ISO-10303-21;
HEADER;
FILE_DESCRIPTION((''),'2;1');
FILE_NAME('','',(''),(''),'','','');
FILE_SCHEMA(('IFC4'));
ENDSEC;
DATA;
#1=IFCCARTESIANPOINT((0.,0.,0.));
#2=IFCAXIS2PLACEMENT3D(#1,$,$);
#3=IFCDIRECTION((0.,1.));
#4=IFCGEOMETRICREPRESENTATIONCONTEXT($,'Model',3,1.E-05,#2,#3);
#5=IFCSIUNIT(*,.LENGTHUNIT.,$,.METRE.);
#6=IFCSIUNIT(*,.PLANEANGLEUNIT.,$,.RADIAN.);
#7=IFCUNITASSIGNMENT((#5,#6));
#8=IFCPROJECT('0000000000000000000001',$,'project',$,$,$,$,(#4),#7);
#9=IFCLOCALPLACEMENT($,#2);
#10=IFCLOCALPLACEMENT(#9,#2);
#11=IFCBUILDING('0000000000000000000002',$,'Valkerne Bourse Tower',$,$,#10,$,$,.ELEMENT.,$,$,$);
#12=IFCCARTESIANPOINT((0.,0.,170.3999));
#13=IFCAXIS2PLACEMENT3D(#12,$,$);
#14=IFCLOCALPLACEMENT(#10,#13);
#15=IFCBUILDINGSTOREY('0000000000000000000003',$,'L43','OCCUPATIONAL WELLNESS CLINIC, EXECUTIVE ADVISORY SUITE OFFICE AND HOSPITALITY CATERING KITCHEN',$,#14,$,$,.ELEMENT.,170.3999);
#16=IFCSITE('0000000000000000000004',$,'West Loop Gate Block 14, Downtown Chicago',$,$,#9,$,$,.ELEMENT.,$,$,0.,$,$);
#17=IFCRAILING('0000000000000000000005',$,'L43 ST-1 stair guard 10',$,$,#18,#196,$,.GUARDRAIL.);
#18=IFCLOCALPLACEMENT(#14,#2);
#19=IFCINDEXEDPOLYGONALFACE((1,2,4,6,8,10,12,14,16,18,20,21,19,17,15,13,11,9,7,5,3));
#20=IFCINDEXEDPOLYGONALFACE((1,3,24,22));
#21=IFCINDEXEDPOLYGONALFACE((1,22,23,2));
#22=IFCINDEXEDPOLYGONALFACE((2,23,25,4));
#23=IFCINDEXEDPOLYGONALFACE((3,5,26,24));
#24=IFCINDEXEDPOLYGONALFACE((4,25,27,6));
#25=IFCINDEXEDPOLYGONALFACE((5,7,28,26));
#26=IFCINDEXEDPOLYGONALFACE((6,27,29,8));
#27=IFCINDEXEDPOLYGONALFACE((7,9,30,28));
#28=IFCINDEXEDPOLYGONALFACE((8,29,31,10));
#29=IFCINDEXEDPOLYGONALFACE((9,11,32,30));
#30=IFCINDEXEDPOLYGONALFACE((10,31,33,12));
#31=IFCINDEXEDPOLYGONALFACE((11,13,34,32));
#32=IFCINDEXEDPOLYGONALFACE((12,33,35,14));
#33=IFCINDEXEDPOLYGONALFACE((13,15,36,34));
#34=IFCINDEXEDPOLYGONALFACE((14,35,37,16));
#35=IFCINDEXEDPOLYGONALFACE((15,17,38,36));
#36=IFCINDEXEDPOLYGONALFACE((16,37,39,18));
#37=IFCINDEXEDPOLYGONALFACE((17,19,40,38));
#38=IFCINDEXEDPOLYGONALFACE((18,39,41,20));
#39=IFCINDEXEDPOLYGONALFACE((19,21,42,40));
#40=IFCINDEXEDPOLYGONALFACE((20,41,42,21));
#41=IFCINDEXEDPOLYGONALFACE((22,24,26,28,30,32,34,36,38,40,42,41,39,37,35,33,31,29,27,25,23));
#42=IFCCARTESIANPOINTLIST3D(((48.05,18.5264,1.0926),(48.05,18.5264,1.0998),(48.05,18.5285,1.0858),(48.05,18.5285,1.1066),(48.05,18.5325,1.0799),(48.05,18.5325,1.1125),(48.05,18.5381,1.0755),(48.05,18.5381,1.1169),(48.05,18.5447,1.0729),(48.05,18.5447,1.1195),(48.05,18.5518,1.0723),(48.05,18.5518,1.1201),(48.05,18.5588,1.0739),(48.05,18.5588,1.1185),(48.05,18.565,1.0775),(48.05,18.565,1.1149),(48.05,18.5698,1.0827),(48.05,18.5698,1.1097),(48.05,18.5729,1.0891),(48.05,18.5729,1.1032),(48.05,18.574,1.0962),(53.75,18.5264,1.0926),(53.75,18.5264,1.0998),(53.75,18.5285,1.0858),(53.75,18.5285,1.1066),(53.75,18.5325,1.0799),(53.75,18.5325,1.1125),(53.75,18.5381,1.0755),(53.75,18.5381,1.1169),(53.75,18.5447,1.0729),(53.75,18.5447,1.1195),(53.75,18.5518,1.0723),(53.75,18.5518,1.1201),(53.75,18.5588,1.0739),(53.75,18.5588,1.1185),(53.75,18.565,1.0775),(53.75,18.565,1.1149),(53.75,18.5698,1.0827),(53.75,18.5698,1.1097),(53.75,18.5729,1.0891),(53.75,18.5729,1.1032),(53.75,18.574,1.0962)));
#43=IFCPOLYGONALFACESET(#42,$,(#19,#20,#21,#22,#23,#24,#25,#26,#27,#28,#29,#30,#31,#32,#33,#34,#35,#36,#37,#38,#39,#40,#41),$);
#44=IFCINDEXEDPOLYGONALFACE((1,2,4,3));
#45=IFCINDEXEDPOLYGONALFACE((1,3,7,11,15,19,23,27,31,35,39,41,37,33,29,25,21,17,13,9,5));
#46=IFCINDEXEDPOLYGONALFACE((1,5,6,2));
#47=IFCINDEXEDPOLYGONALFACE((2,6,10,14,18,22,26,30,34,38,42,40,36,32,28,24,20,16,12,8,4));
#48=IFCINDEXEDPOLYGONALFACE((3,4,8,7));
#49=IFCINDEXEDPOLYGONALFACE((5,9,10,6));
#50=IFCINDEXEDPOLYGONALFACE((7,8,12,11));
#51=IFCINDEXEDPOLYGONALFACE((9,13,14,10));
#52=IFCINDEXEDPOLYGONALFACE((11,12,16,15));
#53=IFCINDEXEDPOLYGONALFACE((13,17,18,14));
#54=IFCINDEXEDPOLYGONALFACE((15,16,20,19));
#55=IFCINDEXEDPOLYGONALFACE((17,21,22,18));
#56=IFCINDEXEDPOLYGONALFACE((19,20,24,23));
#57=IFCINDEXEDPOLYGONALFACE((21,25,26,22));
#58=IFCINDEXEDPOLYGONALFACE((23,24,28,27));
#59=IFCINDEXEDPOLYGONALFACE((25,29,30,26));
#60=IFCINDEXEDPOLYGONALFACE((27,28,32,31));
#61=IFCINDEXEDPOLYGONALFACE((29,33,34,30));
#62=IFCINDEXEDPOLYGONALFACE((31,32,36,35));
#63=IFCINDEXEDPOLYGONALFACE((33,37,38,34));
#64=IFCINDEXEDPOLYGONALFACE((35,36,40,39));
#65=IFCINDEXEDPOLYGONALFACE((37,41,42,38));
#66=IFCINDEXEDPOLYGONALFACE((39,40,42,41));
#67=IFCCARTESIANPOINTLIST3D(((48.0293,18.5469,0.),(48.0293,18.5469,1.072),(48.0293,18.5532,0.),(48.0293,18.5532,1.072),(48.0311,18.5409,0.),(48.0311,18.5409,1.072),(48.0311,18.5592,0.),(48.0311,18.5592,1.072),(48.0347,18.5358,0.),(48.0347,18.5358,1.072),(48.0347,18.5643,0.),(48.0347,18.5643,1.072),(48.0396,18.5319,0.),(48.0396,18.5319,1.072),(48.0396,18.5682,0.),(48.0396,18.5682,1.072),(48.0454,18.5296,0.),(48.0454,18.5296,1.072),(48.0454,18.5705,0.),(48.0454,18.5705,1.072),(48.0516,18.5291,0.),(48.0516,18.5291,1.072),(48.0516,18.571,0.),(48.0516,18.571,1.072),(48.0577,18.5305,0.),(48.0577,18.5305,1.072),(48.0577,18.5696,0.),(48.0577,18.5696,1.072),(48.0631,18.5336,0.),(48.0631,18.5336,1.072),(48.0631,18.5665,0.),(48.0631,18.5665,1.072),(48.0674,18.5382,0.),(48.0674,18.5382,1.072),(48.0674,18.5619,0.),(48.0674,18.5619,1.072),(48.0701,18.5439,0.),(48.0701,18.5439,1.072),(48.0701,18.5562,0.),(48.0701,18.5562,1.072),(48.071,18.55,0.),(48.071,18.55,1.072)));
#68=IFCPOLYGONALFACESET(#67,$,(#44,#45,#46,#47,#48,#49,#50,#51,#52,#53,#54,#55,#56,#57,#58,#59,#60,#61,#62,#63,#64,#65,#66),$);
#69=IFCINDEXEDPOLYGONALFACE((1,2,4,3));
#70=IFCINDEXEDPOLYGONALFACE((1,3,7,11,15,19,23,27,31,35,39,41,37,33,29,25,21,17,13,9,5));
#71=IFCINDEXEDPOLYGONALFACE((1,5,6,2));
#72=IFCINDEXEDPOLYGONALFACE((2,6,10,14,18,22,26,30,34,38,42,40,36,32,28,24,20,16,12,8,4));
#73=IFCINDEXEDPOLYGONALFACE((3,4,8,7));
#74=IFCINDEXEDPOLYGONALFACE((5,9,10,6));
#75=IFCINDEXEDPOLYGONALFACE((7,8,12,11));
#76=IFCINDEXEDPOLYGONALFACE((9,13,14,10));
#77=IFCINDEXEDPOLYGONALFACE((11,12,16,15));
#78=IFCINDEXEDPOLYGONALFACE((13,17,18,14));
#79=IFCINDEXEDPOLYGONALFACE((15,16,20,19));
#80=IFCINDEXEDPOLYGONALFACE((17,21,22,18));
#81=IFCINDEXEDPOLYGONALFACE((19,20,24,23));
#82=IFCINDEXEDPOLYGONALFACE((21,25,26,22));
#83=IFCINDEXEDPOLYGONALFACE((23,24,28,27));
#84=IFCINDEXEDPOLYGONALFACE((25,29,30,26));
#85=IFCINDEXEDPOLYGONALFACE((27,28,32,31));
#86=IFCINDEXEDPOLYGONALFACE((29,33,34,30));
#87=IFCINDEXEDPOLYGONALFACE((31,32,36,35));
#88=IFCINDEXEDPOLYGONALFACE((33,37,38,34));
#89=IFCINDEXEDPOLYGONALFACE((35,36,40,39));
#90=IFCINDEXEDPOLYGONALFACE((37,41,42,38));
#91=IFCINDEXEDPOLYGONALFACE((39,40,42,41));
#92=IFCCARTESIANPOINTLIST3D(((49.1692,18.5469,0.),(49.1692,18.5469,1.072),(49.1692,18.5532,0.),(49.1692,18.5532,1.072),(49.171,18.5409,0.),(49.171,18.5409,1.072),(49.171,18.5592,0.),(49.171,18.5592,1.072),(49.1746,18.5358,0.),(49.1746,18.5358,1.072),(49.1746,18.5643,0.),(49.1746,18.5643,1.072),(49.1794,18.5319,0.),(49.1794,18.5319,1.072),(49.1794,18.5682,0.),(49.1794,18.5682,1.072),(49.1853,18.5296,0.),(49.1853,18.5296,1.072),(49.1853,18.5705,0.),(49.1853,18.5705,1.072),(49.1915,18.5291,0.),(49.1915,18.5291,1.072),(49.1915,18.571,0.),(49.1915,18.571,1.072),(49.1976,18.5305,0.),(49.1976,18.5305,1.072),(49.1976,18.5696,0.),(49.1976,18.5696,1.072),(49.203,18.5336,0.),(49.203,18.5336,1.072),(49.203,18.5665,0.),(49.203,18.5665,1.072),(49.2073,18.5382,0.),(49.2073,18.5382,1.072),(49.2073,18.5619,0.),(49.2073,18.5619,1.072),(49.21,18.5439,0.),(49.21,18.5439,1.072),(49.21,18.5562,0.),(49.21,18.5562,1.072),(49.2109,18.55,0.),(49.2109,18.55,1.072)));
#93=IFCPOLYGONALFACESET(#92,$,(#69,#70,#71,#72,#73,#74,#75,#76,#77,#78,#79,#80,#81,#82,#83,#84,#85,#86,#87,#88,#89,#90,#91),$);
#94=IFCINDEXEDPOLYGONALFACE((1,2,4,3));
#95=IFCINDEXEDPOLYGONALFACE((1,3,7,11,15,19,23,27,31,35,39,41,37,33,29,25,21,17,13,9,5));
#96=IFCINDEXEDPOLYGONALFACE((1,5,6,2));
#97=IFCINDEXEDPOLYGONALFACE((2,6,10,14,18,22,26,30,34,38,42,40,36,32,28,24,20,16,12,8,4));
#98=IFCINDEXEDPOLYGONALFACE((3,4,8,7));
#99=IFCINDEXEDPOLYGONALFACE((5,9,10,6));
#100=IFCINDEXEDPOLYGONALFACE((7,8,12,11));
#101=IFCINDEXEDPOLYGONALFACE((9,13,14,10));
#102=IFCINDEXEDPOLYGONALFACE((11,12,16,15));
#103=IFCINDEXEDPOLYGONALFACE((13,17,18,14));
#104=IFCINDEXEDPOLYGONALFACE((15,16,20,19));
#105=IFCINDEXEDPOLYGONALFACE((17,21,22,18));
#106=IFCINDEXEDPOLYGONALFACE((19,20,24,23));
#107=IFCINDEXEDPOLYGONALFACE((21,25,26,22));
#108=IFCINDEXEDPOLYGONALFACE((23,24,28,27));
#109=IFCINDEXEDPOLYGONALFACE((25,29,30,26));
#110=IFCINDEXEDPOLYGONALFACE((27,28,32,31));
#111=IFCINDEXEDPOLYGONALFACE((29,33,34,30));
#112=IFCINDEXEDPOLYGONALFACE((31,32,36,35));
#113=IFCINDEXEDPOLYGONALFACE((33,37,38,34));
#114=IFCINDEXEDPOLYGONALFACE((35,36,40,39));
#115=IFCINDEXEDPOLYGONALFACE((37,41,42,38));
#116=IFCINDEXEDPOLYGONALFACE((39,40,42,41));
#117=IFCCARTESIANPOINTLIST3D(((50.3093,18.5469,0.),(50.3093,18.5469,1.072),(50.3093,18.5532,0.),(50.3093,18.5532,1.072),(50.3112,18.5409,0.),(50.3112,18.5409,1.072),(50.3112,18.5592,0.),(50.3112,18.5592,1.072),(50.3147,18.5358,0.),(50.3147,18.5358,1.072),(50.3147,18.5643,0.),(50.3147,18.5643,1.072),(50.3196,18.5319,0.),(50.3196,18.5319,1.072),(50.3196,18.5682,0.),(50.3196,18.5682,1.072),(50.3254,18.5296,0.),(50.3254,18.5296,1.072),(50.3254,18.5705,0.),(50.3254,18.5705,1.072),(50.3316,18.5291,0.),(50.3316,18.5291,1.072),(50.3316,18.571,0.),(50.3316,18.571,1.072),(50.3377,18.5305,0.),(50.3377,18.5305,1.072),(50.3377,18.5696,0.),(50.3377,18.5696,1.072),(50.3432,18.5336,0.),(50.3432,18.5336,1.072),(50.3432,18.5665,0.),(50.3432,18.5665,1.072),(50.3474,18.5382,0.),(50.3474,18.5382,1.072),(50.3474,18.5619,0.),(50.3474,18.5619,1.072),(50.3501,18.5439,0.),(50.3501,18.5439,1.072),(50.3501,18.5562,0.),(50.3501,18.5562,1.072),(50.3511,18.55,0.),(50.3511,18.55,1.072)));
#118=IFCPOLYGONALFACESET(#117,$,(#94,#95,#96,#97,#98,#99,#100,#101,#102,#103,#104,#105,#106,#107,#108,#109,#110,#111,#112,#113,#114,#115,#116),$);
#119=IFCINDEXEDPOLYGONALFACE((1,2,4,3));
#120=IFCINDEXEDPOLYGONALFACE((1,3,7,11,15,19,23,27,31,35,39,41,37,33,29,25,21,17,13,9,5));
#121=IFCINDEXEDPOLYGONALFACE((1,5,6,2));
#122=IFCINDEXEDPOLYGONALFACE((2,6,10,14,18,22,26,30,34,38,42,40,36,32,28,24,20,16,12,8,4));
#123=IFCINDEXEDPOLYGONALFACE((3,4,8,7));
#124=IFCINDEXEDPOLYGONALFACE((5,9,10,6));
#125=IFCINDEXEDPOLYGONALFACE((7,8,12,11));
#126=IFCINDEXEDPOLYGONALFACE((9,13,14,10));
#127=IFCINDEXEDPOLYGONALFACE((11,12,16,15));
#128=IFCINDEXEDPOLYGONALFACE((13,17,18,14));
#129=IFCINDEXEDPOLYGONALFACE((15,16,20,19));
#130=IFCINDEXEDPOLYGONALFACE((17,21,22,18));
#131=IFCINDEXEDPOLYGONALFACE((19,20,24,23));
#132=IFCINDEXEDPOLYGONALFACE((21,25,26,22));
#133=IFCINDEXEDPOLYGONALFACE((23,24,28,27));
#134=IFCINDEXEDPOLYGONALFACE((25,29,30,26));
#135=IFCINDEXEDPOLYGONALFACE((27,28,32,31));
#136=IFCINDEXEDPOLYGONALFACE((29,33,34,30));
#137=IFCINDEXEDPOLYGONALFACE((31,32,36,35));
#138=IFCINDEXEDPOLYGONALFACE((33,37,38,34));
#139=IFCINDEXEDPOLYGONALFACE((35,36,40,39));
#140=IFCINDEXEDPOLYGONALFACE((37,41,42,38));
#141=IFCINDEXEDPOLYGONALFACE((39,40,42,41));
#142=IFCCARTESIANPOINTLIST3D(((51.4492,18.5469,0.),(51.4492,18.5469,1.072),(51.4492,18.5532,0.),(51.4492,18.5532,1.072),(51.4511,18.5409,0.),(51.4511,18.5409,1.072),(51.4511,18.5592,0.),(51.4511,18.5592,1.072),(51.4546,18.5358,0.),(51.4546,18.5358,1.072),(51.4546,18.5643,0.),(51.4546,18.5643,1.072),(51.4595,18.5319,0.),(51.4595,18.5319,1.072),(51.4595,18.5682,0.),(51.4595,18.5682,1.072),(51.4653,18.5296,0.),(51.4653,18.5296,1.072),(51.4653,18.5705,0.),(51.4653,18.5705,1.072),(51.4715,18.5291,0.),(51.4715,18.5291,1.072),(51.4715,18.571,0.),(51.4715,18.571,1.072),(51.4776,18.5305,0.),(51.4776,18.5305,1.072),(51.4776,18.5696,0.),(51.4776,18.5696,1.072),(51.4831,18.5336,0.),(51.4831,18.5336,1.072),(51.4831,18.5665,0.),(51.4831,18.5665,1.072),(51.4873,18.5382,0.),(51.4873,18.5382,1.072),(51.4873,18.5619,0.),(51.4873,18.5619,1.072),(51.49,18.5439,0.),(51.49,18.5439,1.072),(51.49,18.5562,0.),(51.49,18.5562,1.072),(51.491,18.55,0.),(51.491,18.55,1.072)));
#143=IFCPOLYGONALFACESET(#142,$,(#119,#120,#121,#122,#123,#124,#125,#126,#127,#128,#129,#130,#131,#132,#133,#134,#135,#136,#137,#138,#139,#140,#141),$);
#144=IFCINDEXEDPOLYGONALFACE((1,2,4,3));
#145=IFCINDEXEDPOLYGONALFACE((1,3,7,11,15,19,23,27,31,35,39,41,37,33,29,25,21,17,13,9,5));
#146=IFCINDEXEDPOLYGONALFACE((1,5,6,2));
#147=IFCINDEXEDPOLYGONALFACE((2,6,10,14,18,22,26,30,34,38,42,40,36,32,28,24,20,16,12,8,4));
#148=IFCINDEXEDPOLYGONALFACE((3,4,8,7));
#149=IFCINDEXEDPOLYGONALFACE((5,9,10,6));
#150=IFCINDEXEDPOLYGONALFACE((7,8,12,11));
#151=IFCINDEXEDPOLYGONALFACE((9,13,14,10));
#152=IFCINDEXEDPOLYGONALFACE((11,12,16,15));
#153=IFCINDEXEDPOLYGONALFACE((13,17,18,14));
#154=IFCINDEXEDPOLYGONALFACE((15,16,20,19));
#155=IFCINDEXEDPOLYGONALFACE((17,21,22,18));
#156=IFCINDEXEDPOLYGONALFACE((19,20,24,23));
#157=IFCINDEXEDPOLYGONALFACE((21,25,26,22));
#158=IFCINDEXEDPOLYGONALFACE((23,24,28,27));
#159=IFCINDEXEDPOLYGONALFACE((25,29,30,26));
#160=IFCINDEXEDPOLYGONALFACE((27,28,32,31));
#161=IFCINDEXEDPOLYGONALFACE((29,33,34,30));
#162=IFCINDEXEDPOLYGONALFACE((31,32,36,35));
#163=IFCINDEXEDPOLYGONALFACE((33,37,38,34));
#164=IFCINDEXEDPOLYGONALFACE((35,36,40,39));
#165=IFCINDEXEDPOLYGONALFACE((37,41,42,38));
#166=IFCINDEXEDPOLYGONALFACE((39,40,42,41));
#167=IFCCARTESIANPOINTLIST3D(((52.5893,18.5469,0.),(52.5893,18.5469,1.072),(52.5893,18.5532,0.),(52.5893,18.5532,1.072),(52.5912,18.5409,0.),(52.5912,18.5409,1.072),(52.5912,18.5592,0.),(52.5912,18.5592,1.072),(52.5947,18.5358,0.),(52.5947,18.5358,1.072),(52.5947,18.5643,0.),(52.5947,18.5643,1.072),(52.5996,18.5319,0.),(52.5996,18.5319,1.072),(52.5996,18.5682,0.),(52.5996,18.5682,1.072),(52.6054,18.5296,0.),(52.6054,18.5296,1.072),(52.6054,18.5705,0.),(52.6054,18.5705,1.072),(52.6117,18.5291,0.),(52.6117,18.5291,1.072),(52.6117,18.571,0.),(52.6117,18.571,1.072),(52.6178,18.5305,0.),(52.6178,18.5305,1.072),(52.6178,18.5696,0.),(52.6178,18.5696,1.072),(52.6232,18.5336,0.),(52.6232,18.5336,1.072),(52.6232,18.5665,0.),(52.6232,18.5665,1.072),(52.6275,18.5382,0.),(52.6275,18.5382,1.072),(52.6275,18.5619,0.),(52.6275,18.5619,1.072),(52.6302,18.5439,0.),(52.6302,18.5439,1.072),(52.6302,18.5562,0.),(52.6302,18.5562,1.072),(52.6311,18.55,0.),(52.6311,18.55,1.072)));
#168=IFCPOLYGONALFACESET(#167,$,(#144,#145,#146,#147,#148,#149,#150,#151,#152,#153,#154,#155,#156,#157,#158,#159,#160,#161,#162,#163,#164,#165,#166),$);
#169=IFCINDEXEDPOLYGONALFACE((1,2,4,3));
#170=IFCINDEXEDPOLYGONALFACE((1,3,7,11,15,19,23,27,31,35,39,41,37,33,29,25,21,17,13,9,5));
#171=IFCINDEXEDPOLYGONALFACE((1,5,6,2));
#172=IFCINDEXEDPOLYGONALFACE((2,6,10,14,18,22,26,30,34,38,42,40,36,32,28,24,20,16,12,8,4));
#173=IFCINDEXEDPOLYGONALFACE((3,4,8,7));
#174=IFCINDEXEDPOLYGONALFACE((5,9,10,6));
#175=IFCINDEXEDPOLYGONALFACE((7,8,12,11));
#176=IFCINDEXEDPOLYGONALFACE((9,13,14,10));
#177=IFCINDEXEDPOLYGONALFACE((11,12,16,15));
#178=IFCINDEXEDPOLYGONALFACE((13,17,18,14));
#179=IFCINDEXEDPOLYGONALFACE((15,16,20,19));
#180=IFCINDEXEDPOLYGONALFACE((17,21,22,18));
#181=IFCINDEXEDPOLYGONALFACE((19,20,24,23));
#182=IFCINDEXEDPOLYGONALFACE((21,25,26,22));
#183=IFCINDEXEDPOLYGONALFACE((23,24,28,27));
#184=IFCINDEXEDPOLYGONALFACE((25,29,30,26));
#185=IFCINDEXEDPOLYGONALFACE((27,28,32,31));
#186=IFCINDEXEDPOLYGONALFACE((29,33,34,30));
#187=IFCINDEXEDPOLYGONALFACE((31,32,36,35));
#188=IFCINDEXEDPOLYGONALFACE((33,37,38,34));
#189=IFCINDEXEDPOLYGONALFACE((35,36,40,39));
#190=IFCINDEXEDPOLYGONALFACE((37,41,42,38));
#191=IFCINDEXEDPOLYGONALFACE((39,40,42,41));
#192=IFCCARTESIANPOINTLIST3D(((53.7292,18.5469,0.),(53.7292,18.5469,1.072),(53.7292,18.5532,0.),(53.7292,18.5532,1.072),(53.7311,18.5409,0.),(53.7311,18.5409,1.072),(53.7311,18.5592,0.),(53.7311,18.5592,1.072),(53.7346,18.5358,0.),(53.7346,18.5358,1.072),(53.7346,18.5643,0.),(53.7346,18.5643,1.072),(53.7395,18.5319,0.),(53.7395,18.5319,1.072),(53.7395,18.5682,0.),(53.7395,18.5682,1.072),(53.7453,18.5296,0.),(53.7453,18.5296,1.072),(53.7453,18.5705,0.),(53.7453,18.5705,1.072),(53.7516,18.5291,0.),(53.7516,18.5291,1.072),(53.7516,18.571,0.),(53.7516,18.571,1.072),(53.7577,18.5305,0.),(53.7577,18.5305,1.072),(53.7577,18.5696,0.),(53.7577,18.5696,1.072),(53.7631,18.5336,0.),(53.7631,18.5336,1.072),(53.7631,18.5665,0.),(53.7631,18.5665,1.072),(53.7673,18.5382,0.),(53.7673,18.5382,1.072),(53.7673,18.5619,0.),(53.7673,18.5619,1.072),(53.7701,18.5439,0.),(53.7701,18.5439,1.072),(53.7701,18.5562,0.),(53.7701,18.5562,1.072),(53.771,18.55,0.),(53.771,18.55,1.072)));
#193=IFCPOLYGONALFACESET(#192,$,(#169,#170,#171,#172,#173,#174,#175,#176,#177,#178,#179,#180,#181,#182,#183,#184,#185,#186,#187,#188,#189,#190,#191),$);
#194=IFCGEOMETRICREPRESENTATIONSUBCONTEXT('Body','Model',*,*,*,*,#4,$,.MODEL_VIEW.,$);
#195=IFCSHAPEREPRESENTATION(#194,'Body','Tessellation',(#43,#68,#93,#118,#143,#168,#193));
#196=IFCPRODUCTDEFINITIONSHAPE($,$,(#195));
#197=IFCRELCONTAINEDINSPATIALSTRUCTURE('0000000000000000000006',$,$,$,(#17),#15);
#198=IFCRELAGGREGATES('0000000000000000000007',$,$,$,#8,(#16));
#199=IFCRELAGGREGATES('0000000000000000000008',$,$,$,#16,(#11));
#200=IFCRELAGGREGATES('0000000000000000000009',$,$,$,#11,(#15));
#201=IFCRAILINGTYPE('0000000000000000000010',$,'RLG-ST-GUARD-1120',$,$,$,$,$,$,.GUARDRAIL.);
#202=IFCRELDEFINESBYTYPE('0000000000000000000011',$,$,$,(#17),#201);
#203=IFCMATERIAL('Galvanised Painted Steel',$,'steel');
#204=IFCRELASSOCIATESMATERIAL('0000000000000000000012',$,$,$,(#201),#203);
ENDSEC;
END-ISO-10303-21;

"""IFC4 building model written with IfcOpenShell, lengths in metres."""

from ifc_helpers import new_model, si_unit, direction, frame, origin, origin_2d, place, context, subcontext, project, spatial, circle, extrude, material, type_object, element, save


model = new_model("IFC4")

# Units and contexts
model_context = context("Model", 3, precision=1e-05, world=origin(), true_north=direction((0.0, 1.0)))
body_context = subcontext(model_context, "Body", "Model", "MODEL_VIEW")
ifc_project = project(units=[si_unit("LENGTHUNIT", "METRE"), si_unit("PLANEANGLEUNIT", "RADIAN")], contexts=[model_context])

# Site, building, storey
site_placement = place(None, origin())
site = spatial("IfcSite", under=ifc_project, at=site_placement, Name="West Loop Gate Block 14, Downtown Chicago", CompositionType="ELEMENT", RefElevation=0.0)
building_placement = place(site_placement, origin())
building = spatial("IfcBuilding", under=site, at=building_placement, Name="Valkerne Bourse Tower", CompositionType="ELEMENT")
storey_placement = place(building_placement, frame((0.0, 0.0, 170.3999)))
storey = spatial("IfcBuildingStorey", under=building, at=storey_placement, Name="L43", Description="OCCUPATIONAL WELLNESS CLINIC, EXECUTIVE ADVISORY SUITE OFFICE AND HOSPITALITY CATERING KITCHEN", CompositionType="ELEMENT", Elevation=170.3999)

# Shared definitions
ifc_material_1 = material(Name="Galvanised Painted Steel", Category="steel")

# Railing
railing_type_1 = type_object("IfcRailingType", Name="RLG-ST-GUARD-1120", PredefinedType="GUARDRAIL", material=ifc_material_1)
for number, where, name in (
    (1, (48.05, 18.55, 0.0), "L43 ST-1 stair guard 10"),
):
    element("IfcRailing", number, at=place(storey_placement, frame(where)), inside=storey, type_object=railing_type_1, Name=name, PredefinedType="GUARDRAIL", context=body_context, shape_type="SweptSolid", body=[
        extrude(circle(Radius=0.0239, at=origin_2d()), frame((0.0, 0.0, 1.0962), z_axis=(1.0, 0.0, 0.0), x_axis=(0.0, 1.0, 0.0)), (0.0, 0.0, 1.0), 5.7),
        extrude(circle(Radius=0.021, at=origin_2d()), origin(), (0.0, 0.0, 1.0), 1.072),
        extrude(circle(Radius=0.021, at=origin_2d()), frame((1.1399, 0.0, 0.0)), (0.0, 0.0, 1.0), 1.072),
        extrude(circle(Radius=0.021, at=origin_2d()), frame((2.28, 0.0, 0.0)), (0.0, 0.0, 1.0), 1.072),
        extrude(circle(Radius=0.021, at=origin_2d()), frame((3.4199, 0.0, 0.0)), (0.0, 0.0, 1.0), 1.072),
        extrude(circle(Radius=0.021, at=origin_2d()), frame((4.5601, 0.0, 0.0)), (0.0, 0.0, 1.0), 1.072),
        extrude(circle(Radius=0.021, at=origin_2d()), frame((5.7, 0.0, 0.0)), (0.0, 0.0, 1.0), 1.072),
    ])

save(model, "model.ifc")
